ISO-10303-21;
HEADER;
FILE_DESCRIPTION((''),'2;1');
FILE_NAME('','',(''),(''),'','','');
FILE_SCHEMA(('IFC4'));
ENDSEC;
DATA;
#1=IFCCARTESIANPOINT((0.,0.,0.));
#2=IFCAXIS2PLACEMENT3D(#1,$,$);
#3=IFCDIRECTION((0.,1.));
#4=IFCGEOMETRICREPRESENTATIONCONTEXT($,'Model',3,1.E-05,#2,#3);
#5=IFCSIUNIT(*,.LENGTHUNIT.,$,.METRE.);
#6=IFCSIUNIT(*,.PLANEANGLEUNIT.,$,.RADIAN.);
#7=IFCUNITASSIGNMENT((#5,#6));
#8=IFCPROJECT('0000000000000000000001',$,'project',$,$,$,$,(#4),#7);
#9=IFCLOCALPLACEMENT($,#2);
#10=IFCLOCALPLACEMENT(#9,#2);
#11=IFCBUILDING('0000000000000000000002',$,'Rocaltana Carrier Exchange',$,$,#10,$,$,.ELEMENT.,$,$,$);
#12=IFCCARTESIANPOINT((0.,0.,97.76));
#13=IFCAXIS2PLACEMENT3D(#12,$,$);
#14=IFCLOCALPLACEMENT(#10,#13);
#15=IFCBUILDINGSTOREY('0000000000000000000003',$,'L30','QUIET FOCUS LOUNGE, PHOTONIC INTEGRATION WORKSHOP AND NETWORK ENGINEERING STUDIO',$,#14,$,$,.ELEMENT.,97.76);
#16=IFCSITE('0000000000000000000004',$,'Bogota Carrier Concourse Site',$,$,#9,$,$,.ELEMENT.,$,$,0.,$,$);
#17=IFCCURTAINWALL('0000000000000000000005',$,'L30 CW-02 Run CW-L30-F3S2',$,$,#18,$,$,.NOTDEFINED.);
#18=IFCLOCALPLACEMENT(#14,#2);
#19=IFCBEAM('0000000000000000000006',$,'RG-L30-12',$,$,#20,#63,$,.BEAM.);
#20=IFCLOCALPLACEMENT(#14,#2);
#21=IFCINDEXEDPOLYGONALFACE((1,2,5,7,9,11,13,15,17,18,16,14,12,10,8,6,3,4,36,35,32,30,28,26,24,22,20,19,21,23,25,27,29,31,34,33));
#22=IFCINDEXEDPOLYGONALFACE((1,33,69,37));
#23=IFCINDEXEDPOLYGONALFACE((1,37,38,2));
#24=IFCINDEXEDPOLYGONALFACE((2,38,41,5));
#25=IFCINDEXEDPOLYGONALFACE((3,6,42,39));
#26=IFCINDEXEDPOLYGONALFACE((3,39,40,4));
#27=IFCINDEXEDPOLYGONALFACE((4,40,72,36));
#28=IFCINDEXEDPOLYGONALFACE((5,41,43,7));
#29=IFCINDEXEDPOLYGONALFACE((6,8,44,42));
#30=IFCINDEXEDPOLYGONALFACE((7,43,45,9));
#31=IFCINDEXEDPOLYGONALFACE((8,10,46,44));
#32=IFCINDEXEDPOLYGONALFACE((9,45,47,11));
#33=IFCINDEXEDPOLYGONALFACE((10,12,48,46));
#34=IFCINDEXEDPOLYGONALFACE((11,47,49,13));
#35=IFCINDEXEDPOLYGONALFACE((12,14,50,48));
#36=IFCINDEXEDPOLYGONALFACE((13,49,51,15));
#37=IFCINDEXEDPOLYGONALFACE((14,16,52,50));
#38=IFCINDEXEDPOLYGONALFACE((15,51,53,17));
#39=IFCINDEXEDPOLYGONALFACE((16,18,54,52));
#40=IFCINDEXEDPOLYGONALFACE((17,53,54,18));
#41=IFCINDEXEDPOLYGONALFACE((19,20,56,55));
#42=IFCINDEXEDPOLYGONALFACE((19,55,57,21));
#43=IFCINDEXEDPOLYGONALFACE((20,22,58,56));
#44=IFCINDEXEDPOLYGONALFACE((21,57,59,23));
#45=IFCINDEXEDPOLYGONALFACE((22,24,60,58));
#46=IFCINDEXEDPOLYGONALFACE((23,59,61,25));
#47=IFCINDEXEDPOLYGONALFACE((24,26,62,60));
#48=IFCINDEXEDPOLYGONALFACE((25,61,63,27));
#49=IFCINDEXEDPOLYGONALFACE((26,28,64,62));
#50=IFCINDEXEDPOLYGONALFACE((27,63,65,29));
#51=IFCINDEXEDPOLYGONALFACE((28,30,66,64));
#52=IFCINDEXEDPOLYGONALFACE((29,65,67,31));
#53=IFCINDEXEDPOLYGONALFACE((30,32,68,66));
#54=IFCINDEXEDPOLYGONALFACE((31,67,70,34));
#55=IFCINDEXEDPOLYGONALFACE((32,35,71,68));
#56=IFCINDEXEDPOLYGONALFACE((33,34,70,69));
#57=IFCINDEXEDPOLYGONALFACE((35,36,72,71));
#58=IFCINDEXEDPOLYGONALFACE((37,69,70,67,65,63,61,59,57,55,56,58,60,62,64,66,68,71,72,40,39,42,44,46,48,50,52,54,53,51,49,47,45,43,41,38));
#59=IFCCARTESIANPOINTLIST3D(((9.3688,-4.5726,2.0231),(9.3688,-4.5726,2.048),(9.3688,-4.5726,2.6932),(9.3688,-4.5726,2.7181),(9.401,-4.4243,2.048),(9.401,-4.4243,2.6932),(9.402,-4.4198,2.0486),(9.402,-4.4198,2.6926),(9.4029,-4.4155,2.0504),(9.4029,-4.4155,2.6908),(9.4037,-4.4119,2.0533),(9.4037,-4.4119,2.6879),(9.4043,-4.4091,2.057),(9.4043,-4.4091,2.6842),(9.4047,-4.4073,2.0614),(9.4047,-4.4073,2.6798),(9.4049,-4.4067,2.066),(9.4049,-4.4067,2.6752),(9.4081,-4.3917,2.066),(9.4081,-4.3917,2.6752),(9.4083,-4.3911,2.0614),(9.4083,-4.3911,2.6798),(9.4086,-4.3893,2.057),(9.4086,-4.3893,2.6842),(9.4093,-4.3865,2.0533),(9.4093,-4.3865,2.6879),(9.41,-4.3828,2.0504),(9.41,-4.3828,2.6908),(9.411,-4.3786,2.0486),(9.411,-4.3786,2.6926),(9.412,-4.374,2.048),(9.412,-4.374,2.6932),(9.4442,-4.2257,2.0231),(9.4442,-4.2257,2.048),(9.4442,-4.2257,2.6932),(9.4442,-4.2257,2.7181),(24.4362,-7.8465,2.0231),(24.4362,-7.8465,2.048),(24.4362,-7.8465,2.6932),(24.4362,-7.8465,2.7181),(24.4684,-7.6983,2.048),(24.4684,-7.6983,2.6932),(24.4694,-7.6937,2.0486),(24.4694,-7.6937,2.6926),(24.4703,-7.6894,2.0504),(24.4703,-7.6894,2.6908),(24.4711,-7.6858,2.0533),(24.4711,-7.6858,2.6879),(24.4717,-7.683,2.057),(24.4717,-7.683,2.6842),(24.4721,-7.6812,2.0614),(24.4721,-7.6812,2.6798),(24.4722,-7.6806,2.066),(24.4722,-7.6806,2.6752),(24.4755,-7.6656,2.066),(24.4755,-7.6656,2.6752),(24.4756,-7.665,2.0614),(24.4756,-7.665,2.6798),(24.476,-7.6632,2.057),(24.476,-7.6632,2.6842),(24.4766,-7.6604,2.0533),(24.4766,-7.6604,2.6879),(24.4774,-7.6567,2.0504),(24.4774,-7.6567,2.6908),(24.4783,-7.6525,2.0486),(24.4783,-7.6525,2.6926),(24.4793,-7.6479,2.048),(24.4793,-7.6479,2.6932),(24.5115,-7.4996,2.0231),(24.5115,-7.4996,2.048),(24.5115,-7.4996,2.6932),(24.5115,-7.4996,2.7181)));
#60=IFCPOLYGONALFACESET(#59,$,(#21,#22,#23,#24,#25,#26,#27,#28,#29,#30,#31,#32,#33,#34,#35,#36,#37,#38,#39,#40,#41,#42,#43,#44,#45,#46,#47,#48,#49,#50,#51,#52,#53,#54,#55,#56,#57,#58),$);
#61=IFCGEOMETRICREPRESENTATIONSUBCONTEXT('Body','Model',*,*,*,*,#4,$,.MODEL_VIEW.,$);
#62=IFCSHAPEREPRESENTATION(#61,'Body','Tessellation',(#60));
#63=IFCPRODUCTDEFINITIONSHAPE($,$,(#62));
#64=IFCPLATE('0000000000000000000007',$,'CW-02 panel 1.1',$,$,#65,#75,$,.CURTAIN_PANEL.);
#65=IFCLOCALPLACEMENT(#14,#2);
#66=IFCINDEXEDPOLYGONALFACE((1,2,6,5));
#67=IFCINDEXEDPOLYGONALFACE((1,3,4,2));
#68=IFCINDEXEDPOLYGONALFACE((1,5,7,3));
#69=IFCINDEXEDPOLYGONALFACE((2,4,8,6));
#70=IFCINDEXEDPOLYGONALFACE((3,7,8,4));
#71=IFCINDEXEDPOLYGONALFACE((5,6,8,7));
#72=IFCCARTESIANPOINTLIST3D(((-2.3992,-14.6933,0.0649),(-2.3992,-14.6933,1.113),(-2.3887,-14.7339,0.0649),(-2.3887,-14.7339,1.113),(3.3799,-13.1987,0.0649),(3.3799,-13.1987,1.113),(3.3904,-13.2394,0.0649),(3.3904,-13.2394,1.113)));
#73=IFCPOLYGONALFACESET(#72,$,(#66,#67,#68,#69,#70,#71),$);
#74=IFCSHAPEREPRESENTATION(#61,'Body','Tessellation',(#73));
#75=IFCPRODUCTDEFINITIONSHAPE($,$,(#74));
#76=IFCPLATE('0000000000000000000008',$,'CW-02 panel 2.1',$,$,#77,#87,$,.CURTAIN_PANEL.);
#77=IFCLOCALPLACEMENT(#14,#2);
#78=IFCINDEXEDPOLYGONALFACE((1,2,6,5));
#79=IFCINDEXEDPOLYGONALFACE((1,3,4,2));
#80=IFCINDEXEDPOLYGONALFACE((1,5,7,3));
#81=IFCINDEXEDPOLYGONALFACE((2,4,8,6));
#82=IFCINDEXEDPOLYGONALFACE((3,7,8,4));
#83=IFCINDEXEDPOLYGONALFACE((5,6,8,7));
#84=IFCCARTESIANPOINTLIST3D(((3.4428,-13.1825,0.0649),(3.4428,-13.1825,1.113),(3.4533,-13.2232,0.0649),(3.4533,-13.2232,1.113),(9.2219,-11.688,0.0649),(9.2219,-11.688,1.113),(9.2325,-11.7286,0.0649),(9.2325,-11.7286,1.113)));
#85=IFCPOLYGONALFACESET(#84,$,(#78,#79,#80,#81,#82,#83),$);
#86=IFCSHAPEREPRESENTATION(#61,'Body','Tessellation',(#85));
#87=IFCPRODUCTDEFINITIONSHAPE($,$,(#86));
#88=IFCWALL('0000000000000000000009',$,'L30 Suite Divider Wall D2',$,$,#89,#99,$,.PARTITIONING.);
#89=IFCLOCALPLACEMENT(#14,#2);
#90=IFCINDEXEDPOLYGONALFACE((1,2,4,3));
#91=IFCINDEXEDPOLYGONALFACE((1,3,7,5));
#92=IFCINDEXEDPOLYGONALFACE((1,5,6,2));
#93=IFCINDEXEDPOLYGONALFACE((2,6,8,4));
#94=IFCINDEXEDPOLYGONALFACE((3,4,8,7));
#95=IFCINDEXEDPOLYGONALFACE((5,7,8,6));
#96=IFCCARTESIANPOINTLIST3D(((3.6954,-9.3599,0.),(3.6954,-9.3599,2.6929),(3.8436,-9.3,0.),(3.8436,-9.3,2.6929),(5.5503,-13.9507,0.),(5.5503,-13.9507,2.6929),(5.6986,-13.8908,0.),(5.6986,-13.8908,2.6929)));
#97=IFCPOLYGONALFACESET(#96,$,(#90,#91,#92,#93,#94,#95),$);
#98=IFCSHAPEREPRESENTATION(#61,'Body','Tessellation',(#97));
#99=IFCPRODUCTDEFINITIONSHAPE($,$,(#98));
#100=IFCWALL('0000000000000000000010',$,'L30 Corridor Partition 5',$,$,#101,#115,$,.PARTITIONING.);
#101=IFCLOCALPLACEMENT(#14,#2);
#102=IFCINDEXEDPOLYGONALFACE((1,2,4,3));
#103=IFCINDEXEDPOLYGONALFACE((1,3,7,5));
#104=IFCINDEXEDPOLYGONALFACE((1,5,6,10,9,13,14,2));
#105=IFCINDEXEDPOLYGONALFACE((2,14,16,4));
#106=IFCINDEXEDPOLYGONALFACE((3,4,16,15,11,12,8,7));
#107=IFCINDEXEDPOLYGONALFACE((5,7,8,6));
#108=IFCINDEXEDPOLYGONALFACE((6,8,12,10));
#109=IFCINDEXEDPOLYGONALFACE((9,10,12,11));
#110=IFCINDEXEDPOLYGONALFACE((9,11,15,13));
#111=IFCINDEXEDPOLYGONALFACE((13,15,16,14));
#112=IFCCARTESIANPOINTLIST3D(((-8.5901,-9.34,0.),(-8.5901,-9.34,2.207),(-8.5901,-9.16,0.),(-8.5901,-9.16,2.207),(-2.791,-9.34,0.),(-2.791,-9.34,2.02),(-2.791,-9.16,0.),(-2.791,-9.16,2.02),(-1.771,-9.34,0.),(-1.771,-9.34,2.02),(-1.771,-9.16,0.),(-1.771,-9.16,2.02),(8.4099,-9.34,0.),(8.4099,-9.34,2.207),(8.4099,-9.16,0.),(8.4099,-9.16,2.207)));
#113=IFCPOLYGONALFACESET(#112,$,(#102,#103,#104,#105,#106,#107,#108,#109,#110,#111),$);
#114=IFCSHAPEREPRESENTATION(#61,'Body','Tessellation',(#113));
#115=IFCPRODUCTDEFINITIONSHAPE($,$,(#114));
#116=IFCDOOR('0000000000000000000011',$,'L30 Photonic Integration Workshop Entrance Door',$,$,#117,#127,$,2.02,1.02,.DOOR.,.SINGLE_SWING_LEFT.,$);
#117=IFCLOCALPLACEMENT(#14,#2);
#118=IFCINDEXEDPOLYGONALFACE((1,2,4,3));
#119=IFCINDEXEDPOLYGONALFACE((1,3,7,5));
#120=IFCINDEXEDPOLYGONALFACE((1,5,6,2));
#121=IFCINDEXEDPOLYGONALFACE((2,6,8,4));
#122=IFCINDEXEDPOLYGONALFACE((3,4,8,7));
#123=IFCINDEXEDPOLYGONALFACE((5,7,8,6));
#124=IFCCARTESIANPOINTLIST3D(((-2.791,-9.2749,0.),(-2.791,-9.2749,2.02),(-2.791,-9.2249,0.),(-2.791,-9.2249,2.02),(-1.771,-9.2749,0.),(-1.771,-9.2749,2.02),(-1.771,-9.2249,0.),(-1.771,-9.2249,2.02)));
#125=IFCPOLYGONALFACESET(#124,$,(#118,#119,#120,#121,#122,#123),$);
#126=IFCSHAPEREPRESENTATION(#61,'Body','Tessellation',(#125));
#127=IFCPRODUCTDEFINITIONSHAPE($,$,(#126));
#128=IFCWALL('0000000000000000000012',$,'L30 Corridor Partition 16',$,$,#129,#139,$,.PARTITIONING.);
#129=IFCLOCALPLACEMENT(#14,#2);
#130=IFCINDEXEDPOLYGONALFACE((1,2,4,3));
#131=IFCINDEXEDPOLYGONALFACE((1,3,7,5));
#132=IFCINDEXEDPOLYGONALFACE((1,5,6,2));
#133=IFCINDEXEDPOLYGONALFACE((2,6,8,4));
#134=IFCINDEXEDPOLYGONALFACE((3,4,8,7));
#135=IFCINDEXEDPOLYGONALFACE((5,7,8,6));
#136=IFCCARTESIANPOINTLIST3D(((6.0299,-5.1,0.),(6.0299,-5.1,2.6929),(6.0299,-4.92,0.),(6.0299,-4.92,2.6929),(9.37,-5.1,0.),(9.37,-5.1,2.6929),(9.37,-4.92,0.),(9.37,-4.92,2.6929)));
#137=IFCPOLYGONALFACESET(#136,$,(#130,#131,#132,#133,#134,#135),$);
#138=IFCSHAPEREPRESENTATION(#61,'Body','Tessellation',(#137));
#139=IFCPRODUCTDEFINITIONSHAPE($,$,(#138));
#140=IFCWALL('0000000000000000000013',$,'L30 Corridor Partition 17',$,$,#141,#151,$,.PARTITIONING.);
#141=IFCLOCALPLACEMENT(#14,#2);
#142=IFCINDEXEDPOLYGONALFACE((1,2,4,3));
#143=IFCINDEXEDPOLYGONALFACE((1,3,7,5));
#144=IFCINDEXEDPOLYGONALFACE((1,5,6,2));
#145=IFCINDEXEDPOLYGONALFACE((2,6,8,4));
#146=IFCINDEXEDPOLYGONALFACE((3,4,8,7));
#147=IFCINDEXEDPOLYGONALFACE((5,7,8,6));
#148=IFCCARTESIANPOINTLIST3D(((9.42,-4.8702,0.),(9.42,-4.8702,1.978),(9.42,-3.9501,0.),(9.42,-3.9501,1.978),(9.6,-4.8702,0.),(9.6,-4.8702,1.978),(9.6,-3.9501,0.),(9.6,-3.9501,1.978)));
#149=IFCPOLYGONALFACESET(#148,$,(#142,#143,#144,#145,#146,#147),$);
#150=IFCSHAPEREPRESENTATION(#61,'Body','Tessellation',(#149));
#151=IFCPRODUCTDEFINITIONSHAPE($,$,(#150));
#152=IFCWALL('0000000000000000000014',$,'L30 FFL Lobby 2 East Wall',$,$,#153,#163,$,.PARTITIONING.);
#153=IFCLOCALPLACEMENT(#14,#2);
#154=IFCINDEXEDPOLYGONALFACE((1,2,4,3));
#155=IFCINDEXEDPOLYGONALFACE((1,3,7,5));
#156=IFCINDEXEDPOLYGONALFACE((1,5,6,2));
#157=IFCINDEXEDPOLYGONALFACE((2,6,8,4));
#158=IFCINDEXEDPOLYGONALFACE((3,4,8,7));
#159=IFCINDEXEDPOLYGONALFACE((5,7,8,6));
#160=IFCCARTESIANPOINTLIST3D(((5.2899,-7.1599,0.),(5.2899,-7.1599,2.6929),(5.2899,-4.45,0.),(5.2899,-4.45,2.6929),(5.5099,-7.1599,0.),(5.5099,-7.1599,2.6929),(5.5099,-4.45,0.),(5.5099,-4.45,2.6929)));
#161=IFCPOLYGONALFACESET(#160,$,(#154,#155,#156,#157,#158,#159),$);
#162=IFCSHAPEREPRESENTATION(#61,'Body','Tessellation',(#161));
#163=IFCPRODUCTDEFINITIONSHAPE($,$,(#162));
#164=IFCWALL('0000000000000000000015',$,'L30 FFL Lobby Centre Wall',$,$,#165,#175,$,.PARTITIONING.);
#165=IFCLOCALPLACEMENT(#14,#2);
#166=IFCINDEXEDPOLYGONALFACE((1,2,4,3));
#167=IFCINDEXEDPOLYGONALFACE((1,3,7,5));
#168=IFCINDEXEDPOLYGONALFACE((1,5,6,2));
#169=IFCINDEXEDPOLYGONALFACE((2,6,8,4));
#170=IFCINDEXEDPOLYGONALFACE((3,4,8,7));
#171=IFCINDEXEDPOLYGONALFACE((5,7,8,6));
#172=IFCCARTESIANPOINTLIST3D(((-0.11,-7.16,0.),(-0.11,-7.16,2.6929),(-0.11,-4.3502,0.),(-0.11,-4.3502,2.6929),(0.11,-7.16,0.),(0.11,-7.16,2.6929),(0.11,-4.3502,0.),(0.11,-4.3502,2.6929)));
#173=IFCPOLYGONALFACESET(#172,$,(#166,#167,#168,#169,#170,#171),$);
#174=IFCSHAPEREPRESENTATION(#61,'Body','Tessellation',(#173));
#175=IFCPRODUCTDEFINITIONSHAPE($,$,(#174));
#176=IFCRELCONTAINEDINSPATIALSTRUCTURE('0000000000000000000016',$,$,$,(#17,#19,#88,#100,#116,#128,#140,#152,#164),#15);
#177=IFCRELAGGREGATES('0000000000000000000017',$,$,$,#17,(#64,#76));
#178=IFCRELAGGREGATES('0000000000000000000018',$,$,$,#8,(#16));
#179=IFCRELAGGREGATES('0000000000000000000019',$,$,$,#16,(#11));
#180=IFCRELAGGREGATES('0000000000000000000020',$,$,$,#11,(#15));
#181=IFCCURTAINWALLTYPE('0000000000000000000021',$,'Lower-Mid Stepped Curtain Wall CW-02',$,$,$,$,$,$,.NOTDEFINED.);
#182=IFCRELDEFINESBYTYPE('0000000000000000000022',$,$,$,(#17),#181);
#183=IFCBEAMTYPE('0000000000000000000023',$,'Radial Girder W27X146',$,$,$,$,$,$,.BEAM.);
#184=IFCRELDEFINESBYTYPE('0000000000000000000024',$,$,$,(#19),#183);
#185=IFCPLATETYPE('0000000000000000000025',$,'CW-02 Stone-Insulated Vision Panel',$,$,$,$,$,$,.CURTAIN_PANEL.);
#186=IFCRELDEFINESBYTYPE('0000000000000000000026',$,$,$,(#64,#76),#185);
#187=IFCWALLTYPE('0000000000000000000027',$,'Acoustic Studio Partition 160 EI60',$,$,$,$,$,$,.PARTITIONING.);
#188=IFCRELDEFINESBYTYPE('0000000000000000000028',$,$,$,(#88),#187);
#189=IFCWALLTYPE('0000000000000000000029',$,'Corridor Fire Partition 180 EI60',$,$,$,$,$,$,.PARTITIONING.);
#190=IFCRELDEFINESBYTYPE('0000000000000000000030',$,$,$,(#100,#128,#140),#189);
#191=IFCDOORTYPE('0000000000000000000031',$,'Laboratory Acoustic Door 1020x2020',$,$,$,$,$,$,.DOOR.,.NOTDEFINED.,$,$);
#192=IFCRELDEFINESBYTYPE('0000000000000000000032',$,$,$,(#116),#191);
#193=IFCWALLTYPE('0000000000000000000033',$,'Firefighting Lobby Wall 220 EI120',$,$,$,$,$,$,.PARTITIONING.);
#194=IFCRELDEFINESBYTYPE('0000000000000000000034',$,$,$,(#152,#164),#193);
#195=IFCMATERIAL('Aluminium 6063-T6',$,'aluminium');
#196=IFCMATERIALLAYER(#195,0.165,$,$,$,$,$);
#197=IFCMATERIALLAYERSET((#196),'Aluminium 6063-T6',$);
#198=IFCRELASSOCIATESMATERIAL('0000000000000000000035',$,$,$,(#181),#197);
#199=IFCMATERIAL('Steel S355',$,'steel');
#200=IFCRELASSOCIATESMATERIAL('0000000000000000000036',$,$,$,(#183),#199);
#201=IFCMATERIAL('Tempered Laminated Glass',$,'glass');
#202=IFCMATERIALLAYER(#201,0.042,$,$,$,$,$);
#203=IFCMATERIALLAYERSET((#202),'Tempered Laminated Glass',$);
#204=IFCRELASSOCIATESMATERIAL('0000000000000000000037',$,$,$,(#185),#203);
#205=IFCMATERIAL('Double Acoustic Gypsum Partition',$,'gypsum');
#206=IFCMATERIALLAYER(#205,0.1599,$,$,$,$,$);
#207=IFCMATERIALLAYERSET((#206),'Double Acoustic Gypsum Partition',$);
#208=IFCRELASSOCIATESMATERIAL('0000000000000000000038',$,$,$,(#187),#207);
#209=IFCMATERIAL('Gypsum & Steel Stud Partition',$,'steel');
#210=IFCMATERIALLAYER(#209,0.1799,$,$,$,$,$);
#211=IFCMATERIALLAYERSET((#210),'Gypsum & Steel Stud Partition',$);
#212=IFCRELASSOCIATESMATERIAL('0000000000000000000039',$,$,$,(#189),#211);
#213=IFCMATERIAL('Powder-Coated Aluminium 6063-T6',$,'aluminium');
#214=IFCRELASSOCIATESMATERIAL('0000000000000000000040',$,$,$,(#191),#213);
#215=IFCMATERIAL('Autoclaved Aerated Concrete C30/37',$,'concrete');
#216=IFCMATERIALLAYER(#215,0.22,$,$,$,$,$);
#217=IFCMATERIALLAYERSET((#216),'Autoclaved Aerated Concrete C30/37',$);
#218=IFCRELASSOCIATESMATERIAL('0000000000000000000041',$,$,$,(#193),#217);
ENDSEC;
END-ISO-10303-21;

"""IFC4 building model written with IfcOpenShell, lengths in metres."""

from ifc_helpers import new_model, si_unit, direction, frame, frame_2d, origin, origin_2d, place, context, subcontext, project, spatial, rectangle, i_section, extrude, material, layer, layer_set, material_profile, profile_set, type_object, element, fill, aggregate, save


model = new_model("IFC4")

# Units and contexts
model_context = context("Model", 3, precision=1e-05, world=origin(), true_north=direction((0.0, 1.0)))
body_context = subcontext(model_context, "Body", "Model", "MODEL_VIEW")
ifc_project = project(units=[si_unit("LENGTHUNIT", "METRE"), si_unit("PLANEANGLEUNIT", "RADIAN")], contexts=[model_context])

# Site, building, storey
site_placement = place(None, origin())
site = spatial("IfcSite", under=ifc_project, at=site_placement, Name="Bogota Carrier Concourse Site", CompositionType="ELEMENT", RefElevation=0.0)
building_placement = place(site_placement, origin())
building = spatial("IfcBuilding", under=site, at=building_placement, Name="Rocaltana Carrier Exchange", CompositionType="ELEMENT")
storey_placement = place(building_placement, frame((0.0, 0.0, 97.76)))
storey = spatial("IfcBuildingStorey", under=building, at=storey_placement, Name="L30", Description="QUIET FOCUS LOUNGE, PHOTONIC INTEGRATION WORKSHOP AND NETWORK ENGINEERING STUDIO", CompositionType="ELEMENT", Elevation=97.76)

# Curtain wall
ifc_material_1 = material(Name="Aluminium 6063-T6", Category="aluminium")
ifc_layer_1 = layer(ifc_material_1, 0.165)
ifc_layer_set_1 = layer_set([ifc_layer_1], Name="Aluminium 6063-T6")
curtain_wall_type = type_object("IfcCurtainWallType", Name="Lower-Mid Stepped Curtain Wall CW-02", PredefinedType="NOTDEFINED", material=ifc_layer_set_1)
curtain_wall_placement = place(storey_placement, origin())
curtain_wall = element("IfcCurtainWall", 1, at=curtain_wall_placement, inside=storey, type_object=curtain_wall_type, Name="L30 CW-02 Run CW-L30-F3S2", PredefinedType="NOTDEFINED")

# Beam
ifc_material_2 = material(Name="Steel S355", Category="steel")
ifc_material_profile_1 = material_profile(ifc_material_2, i_section(OverallWidth=0.355, OverallDepth=0.6951, WebThickness=0.0154, FlangeThickness=0.0249, FilletRadius=0.0181, at=origin_2d()), Name="W27X146")
ifc_profile_set_1 = profile_set([ifc_material_profile_1], Name="Steel S355")
beam_type_1 = type_object("IfcBeamType", Name="Radial Girder W27X146", PredefinedType="BEAM", material=ifc_profile_set_1)
beam_1_placement = place(storey_placement, frame((9.4065, -4.3992, 2.3706), z_axis=(0.977198, -0.212331, 0.0), x_axis=(0.212331, 0.977198, 0.0)))
element("IfcBeam", 2, at=beam_1_placement, inside=storey, type_object=beam_type_1, Name="RG-L30-12", PredefinedType="BEAM", context=body_context, shape_type="SweptSolid", body=[
    extrude(i_section(OverallWidth=0.355, OverallDepth=0.6951, WebThickness=0.0154, FlangeThickness=0.0249, FilletRadius=0.0181, at=origin_2d()), origin(), (0.0, 0.0, 1.0), 15.4189),
])

# Plates
ifc_material_3 = material(Name="Tempered Laminated Glass", Category="glass")
ifc_layer_2 = layer(ifc_material_3, 0.042)
ifc_layer_set_2 = layer_set([ifc_layer_2], Name="Tempered Laminated Glass")
plate_type = type_object("IfcPlateType", Name="CW-02 Stone-Insulated Vision Panel", PredefinedType="CURTAIN_PANEL", material=ifc_layer_set_2)
plate_1_placement = place(storey_placement, frame((0.4956, -13.9663, 0.0649), z_axis=(0.0, 0.0, 1.0), x_axis=(0.968148, 0.250378, 0.0)))
plate_1 = element("IfcPlate", 3, at=plate_1_placement, type_object=plate_type, Name="CW-02 panel 1.1", PredefinedType="CURTAIN_PANEL", context=body_context, shape_type="SweptSolid", body=[
    extrude(rectangle(XDim=5.9692, YDim=0.042, at=origin_2d()), origin(), (0.0, 0.0, 1.0), 1.0481),
])
plate_2_placement = place(storey_placement, frame((6.3376, -12.4556, 0.0649), z_axis=(0.0, 0.0, 1.0), x_axis=(0.968148, 0.250378, 0.0)))
plate_2 = element("IfcPlate", 4, at=plate_2_placement, type_object=plate_type, Name="CW-02 panel 2.1", PredefinedType="CURTAIN_PANEL", context=body_context, shape_type="SweptSolid", body=[
    extrude(rectangle(XDim=5.9692, YDim=0.042, at=origin_2d()), origin(), (0.0, 0.0, 1.0), 1.0481),
])
aggregate(curtain_wall, [plate_1, plate_2])

# Wall
ifc_material_4 = material(Name="Double Acoustic Gypsum Partition", Category="gypsum")
ifc_layer_3 = layer(ifc_material_4, 0.1599)
ifc_layer_set_3 = layer_set([ifc_layer_3], Name="Double Acoustic Gypsum Partition")
wall_type_1 = type_object("IfcWallType", Name="Acoustic Studio Partition 160 EI60", PredefinedType="PARTITIONING", material=ifc_layer_set_3)
wall_1_placement = place(storey_placement, frame((3.7695, -9.3301, 0.0), z_axis=(0.0, 0.0, 1.0), x_axis=(0.374636, -0.927172, 0.0)))
element("IfcWall", 5, at=wall_1_placement, inside=storey, type_object=wall_type_1, Name="L30 Suite Divider Wall D2", PredefinedType="PARTITIONING", context=body_context, shape_type="SweptSolid", body=[
    extrude(rectangle(XDim=4.9514, YDim=0.1599, at=frame_2d((2.4756, 0.0))), origin(), (0.0, 0.0, 1.0), 2.6929),
])

# Wall, opening, door
ifc_material_5 = material(Name="Gypsum & Steel Stud Partition", Category="steel")
ifc_layer_4 = layer(ifc_material_5, 0.1799)
ifc_layer_set_4 = layer_set([ifc_layer_4], Name="Gypsum & Steel Stud Partition")
wall_type_2 = type_object("IfcWallType", Name="Corridor Fire Partition 180 EI60", PredefinedType="PARTITIONING", material=ifc_layer_set_4)
wall_2_placement = place(storey_placement, frame((8.4099, -9.25, 0.0), z_axis=(0.0, 0.0, 1.0), x_axis=(-1.0, 0.0, 0.0)))
wall_2 = element("IfcWall", 6, at=wall_2_placement, inside=storey, type_object=wall_type_2, Name="L30 Corridor Partition 5", PredefinedType="PARTITIONING", context=body_context, shape_type="SweptSolid", body=[
    extrude(rectangle(XDim=17.0, YDim=0.1799, at=frame_2d((8.5, 0.0))), origin(), (0.0, 0.0, 1.0), 2.207),
])
opening_1_placement = place(wall_2_placement, frame((10.1809, 0.0, 0.0)))
opening_1 = element("IfcOpeningElement", 7, at=opening_1_placement, cuts=wall_2, PredefinedType="OPENING", context=body_context, shape_type="SweptSolid", body=[
    extrude(rectangle(XDim=1.02, YDim=2.02, at=frame_2d((0.51, 1.01))), frame((0.0, 0.0999, 0.0), z_axis=(0.0, -1.0, 0.0), x_axis=(1.0, 0.0, 0.0)), (0.0, 0.0, 1.0), 0.2),
])
ifc_material_6 = material(Name="Powder-Coated Aluminium 6063-T6", Category="aluminium")
door_type_1 = type_object("IfcDoorType", Name="Laboratory Acoustic Door 1020x2020", OperationType="NOTDEFINED", PredefinedType="DOOR", material=ifc_material_6)
door_1_placement = place(opening_1_placement, origin())
door_1 = element("IfcDoor", 8, at=door_1_placement, inside=storey, type_object=door_type_1, Name="L30 Photonic Integration Workshop Entrance Door", OperationType="SINGLE_SWING_LEFT", OverallHeight=2.02, OverallWidth=1.02, PredefinedType="DOOR", context=body_context, shape_type="SweptSolid", body=[
    extrude(rectangle(XDim=1.02, YDim=2.02, at=frame_2d((0.51, 1.01))), frame((0.0, 0.0249, 0.0), z_axis=(0.0, -1.0, 0.0), x_axis=(1.0, 0.0, 0.0)), (0.0, 0.0, 1.0), 0.05),
])
fill(opening_1, door_1)

# Walls
wall_3_placement = place(storey_placement, frame((6.03, -5.01, 0.0), z_axis=(0.0, 0.0, 1.0), x_axis=(1.0, 0.0, 0.0)))
element("IfcWall", 9, at=wall_3_placement, inside=storey, type_object=wall_type_2, Name="L30 Corridor Partition 16", PredefinedType="PARTITIONING", context=body_context, shape_type="SweptSolid", body=[
    extrude(rectangle(XDim=3.3401, YDim=0.1799, at=frame_2d((1.6699, 0.0))), origin(), (0.0, 0.0, 1.0), 2.6929),
])
wall_4_placement = place(storey_placement, frame((9.51, -4.8701, 0.0), z_axis=(0.0, 0.0, 1.0), x_axis=(0.0, 1.0, 0.0)))
element("IfcWall", 10, at=wall_4_placement, inside=storey, type_object=wall_type_2, Name="L30 Corridor Partition 17", PredefinedType="PARTITIONING", context=body_context, shape_type="SweptSolid", body=[
    extrude(rectangle(XDim=0.9202, YDim=0.1799, at=frame_2d((0.46, 0.0))), origin(), (0.0, 0.0, 1.0), 1.978),
])
ifc_material_7 = material(Name="Autoclaved Aerated Concrete C30/37", Category="concrete")
ifc_layer_5 = layer(ifc_material_7, 0.22)
ifc_layer_set_5 = layer_set([ifc_layer_5], Name="Autoclaved Aerated Concrete C30/37")
wall_type_3 = type_object("IfcWallType", Name="Firefighting Lobby Wall 220 EI120", PredefinedType="PARTITIONING", material=ifc_layer_set_5)
wall_5_placement = place(storey_placement, frame((5.3999, -7.1599, 0.0), z_axis=(0.0, 0.0, 1.0), x_axis=(0.0, 1.0, 0.0)))
element("IfcWall", 11, at=wall_5_placement, inside=storey, type_object=wall_type_3, Name="L30 FFL Lobby 2 East Wall", PredefinedType="PARTITIONING", context=body_context, shape_type="SweptSolid", body=[
    extrude(rectangle(XDim=2.71, YDim=0.22, at=frame_2d((1.355, 0.0))), origin(), (0.0, 0.0, 1.0), 2.6929),
])
wall_6_placement = place(storey_placement, frame((0.0, -7.1599, 0.0), z_axis=(0.0, 0.0, 1.0), x_axis=(0.0, 1.0, 0.0)))
element("IfcWall", 12, at=wall_6_placement, inside=storey, type_object=wall_type_3, Name="L30 FFL Lobby Centre Wall", PredefinedType="PARTITIONING", context=body_context, shape_type="SweptSolid", body=[
    extrude(rectangle(XDim=2.8098, YDim=0.22, at=frame_2d((1.4048, 0.0))), origin(), (0.0, 0.0, 1.0), 2.6929),
])

save(model, "model.ifc")
